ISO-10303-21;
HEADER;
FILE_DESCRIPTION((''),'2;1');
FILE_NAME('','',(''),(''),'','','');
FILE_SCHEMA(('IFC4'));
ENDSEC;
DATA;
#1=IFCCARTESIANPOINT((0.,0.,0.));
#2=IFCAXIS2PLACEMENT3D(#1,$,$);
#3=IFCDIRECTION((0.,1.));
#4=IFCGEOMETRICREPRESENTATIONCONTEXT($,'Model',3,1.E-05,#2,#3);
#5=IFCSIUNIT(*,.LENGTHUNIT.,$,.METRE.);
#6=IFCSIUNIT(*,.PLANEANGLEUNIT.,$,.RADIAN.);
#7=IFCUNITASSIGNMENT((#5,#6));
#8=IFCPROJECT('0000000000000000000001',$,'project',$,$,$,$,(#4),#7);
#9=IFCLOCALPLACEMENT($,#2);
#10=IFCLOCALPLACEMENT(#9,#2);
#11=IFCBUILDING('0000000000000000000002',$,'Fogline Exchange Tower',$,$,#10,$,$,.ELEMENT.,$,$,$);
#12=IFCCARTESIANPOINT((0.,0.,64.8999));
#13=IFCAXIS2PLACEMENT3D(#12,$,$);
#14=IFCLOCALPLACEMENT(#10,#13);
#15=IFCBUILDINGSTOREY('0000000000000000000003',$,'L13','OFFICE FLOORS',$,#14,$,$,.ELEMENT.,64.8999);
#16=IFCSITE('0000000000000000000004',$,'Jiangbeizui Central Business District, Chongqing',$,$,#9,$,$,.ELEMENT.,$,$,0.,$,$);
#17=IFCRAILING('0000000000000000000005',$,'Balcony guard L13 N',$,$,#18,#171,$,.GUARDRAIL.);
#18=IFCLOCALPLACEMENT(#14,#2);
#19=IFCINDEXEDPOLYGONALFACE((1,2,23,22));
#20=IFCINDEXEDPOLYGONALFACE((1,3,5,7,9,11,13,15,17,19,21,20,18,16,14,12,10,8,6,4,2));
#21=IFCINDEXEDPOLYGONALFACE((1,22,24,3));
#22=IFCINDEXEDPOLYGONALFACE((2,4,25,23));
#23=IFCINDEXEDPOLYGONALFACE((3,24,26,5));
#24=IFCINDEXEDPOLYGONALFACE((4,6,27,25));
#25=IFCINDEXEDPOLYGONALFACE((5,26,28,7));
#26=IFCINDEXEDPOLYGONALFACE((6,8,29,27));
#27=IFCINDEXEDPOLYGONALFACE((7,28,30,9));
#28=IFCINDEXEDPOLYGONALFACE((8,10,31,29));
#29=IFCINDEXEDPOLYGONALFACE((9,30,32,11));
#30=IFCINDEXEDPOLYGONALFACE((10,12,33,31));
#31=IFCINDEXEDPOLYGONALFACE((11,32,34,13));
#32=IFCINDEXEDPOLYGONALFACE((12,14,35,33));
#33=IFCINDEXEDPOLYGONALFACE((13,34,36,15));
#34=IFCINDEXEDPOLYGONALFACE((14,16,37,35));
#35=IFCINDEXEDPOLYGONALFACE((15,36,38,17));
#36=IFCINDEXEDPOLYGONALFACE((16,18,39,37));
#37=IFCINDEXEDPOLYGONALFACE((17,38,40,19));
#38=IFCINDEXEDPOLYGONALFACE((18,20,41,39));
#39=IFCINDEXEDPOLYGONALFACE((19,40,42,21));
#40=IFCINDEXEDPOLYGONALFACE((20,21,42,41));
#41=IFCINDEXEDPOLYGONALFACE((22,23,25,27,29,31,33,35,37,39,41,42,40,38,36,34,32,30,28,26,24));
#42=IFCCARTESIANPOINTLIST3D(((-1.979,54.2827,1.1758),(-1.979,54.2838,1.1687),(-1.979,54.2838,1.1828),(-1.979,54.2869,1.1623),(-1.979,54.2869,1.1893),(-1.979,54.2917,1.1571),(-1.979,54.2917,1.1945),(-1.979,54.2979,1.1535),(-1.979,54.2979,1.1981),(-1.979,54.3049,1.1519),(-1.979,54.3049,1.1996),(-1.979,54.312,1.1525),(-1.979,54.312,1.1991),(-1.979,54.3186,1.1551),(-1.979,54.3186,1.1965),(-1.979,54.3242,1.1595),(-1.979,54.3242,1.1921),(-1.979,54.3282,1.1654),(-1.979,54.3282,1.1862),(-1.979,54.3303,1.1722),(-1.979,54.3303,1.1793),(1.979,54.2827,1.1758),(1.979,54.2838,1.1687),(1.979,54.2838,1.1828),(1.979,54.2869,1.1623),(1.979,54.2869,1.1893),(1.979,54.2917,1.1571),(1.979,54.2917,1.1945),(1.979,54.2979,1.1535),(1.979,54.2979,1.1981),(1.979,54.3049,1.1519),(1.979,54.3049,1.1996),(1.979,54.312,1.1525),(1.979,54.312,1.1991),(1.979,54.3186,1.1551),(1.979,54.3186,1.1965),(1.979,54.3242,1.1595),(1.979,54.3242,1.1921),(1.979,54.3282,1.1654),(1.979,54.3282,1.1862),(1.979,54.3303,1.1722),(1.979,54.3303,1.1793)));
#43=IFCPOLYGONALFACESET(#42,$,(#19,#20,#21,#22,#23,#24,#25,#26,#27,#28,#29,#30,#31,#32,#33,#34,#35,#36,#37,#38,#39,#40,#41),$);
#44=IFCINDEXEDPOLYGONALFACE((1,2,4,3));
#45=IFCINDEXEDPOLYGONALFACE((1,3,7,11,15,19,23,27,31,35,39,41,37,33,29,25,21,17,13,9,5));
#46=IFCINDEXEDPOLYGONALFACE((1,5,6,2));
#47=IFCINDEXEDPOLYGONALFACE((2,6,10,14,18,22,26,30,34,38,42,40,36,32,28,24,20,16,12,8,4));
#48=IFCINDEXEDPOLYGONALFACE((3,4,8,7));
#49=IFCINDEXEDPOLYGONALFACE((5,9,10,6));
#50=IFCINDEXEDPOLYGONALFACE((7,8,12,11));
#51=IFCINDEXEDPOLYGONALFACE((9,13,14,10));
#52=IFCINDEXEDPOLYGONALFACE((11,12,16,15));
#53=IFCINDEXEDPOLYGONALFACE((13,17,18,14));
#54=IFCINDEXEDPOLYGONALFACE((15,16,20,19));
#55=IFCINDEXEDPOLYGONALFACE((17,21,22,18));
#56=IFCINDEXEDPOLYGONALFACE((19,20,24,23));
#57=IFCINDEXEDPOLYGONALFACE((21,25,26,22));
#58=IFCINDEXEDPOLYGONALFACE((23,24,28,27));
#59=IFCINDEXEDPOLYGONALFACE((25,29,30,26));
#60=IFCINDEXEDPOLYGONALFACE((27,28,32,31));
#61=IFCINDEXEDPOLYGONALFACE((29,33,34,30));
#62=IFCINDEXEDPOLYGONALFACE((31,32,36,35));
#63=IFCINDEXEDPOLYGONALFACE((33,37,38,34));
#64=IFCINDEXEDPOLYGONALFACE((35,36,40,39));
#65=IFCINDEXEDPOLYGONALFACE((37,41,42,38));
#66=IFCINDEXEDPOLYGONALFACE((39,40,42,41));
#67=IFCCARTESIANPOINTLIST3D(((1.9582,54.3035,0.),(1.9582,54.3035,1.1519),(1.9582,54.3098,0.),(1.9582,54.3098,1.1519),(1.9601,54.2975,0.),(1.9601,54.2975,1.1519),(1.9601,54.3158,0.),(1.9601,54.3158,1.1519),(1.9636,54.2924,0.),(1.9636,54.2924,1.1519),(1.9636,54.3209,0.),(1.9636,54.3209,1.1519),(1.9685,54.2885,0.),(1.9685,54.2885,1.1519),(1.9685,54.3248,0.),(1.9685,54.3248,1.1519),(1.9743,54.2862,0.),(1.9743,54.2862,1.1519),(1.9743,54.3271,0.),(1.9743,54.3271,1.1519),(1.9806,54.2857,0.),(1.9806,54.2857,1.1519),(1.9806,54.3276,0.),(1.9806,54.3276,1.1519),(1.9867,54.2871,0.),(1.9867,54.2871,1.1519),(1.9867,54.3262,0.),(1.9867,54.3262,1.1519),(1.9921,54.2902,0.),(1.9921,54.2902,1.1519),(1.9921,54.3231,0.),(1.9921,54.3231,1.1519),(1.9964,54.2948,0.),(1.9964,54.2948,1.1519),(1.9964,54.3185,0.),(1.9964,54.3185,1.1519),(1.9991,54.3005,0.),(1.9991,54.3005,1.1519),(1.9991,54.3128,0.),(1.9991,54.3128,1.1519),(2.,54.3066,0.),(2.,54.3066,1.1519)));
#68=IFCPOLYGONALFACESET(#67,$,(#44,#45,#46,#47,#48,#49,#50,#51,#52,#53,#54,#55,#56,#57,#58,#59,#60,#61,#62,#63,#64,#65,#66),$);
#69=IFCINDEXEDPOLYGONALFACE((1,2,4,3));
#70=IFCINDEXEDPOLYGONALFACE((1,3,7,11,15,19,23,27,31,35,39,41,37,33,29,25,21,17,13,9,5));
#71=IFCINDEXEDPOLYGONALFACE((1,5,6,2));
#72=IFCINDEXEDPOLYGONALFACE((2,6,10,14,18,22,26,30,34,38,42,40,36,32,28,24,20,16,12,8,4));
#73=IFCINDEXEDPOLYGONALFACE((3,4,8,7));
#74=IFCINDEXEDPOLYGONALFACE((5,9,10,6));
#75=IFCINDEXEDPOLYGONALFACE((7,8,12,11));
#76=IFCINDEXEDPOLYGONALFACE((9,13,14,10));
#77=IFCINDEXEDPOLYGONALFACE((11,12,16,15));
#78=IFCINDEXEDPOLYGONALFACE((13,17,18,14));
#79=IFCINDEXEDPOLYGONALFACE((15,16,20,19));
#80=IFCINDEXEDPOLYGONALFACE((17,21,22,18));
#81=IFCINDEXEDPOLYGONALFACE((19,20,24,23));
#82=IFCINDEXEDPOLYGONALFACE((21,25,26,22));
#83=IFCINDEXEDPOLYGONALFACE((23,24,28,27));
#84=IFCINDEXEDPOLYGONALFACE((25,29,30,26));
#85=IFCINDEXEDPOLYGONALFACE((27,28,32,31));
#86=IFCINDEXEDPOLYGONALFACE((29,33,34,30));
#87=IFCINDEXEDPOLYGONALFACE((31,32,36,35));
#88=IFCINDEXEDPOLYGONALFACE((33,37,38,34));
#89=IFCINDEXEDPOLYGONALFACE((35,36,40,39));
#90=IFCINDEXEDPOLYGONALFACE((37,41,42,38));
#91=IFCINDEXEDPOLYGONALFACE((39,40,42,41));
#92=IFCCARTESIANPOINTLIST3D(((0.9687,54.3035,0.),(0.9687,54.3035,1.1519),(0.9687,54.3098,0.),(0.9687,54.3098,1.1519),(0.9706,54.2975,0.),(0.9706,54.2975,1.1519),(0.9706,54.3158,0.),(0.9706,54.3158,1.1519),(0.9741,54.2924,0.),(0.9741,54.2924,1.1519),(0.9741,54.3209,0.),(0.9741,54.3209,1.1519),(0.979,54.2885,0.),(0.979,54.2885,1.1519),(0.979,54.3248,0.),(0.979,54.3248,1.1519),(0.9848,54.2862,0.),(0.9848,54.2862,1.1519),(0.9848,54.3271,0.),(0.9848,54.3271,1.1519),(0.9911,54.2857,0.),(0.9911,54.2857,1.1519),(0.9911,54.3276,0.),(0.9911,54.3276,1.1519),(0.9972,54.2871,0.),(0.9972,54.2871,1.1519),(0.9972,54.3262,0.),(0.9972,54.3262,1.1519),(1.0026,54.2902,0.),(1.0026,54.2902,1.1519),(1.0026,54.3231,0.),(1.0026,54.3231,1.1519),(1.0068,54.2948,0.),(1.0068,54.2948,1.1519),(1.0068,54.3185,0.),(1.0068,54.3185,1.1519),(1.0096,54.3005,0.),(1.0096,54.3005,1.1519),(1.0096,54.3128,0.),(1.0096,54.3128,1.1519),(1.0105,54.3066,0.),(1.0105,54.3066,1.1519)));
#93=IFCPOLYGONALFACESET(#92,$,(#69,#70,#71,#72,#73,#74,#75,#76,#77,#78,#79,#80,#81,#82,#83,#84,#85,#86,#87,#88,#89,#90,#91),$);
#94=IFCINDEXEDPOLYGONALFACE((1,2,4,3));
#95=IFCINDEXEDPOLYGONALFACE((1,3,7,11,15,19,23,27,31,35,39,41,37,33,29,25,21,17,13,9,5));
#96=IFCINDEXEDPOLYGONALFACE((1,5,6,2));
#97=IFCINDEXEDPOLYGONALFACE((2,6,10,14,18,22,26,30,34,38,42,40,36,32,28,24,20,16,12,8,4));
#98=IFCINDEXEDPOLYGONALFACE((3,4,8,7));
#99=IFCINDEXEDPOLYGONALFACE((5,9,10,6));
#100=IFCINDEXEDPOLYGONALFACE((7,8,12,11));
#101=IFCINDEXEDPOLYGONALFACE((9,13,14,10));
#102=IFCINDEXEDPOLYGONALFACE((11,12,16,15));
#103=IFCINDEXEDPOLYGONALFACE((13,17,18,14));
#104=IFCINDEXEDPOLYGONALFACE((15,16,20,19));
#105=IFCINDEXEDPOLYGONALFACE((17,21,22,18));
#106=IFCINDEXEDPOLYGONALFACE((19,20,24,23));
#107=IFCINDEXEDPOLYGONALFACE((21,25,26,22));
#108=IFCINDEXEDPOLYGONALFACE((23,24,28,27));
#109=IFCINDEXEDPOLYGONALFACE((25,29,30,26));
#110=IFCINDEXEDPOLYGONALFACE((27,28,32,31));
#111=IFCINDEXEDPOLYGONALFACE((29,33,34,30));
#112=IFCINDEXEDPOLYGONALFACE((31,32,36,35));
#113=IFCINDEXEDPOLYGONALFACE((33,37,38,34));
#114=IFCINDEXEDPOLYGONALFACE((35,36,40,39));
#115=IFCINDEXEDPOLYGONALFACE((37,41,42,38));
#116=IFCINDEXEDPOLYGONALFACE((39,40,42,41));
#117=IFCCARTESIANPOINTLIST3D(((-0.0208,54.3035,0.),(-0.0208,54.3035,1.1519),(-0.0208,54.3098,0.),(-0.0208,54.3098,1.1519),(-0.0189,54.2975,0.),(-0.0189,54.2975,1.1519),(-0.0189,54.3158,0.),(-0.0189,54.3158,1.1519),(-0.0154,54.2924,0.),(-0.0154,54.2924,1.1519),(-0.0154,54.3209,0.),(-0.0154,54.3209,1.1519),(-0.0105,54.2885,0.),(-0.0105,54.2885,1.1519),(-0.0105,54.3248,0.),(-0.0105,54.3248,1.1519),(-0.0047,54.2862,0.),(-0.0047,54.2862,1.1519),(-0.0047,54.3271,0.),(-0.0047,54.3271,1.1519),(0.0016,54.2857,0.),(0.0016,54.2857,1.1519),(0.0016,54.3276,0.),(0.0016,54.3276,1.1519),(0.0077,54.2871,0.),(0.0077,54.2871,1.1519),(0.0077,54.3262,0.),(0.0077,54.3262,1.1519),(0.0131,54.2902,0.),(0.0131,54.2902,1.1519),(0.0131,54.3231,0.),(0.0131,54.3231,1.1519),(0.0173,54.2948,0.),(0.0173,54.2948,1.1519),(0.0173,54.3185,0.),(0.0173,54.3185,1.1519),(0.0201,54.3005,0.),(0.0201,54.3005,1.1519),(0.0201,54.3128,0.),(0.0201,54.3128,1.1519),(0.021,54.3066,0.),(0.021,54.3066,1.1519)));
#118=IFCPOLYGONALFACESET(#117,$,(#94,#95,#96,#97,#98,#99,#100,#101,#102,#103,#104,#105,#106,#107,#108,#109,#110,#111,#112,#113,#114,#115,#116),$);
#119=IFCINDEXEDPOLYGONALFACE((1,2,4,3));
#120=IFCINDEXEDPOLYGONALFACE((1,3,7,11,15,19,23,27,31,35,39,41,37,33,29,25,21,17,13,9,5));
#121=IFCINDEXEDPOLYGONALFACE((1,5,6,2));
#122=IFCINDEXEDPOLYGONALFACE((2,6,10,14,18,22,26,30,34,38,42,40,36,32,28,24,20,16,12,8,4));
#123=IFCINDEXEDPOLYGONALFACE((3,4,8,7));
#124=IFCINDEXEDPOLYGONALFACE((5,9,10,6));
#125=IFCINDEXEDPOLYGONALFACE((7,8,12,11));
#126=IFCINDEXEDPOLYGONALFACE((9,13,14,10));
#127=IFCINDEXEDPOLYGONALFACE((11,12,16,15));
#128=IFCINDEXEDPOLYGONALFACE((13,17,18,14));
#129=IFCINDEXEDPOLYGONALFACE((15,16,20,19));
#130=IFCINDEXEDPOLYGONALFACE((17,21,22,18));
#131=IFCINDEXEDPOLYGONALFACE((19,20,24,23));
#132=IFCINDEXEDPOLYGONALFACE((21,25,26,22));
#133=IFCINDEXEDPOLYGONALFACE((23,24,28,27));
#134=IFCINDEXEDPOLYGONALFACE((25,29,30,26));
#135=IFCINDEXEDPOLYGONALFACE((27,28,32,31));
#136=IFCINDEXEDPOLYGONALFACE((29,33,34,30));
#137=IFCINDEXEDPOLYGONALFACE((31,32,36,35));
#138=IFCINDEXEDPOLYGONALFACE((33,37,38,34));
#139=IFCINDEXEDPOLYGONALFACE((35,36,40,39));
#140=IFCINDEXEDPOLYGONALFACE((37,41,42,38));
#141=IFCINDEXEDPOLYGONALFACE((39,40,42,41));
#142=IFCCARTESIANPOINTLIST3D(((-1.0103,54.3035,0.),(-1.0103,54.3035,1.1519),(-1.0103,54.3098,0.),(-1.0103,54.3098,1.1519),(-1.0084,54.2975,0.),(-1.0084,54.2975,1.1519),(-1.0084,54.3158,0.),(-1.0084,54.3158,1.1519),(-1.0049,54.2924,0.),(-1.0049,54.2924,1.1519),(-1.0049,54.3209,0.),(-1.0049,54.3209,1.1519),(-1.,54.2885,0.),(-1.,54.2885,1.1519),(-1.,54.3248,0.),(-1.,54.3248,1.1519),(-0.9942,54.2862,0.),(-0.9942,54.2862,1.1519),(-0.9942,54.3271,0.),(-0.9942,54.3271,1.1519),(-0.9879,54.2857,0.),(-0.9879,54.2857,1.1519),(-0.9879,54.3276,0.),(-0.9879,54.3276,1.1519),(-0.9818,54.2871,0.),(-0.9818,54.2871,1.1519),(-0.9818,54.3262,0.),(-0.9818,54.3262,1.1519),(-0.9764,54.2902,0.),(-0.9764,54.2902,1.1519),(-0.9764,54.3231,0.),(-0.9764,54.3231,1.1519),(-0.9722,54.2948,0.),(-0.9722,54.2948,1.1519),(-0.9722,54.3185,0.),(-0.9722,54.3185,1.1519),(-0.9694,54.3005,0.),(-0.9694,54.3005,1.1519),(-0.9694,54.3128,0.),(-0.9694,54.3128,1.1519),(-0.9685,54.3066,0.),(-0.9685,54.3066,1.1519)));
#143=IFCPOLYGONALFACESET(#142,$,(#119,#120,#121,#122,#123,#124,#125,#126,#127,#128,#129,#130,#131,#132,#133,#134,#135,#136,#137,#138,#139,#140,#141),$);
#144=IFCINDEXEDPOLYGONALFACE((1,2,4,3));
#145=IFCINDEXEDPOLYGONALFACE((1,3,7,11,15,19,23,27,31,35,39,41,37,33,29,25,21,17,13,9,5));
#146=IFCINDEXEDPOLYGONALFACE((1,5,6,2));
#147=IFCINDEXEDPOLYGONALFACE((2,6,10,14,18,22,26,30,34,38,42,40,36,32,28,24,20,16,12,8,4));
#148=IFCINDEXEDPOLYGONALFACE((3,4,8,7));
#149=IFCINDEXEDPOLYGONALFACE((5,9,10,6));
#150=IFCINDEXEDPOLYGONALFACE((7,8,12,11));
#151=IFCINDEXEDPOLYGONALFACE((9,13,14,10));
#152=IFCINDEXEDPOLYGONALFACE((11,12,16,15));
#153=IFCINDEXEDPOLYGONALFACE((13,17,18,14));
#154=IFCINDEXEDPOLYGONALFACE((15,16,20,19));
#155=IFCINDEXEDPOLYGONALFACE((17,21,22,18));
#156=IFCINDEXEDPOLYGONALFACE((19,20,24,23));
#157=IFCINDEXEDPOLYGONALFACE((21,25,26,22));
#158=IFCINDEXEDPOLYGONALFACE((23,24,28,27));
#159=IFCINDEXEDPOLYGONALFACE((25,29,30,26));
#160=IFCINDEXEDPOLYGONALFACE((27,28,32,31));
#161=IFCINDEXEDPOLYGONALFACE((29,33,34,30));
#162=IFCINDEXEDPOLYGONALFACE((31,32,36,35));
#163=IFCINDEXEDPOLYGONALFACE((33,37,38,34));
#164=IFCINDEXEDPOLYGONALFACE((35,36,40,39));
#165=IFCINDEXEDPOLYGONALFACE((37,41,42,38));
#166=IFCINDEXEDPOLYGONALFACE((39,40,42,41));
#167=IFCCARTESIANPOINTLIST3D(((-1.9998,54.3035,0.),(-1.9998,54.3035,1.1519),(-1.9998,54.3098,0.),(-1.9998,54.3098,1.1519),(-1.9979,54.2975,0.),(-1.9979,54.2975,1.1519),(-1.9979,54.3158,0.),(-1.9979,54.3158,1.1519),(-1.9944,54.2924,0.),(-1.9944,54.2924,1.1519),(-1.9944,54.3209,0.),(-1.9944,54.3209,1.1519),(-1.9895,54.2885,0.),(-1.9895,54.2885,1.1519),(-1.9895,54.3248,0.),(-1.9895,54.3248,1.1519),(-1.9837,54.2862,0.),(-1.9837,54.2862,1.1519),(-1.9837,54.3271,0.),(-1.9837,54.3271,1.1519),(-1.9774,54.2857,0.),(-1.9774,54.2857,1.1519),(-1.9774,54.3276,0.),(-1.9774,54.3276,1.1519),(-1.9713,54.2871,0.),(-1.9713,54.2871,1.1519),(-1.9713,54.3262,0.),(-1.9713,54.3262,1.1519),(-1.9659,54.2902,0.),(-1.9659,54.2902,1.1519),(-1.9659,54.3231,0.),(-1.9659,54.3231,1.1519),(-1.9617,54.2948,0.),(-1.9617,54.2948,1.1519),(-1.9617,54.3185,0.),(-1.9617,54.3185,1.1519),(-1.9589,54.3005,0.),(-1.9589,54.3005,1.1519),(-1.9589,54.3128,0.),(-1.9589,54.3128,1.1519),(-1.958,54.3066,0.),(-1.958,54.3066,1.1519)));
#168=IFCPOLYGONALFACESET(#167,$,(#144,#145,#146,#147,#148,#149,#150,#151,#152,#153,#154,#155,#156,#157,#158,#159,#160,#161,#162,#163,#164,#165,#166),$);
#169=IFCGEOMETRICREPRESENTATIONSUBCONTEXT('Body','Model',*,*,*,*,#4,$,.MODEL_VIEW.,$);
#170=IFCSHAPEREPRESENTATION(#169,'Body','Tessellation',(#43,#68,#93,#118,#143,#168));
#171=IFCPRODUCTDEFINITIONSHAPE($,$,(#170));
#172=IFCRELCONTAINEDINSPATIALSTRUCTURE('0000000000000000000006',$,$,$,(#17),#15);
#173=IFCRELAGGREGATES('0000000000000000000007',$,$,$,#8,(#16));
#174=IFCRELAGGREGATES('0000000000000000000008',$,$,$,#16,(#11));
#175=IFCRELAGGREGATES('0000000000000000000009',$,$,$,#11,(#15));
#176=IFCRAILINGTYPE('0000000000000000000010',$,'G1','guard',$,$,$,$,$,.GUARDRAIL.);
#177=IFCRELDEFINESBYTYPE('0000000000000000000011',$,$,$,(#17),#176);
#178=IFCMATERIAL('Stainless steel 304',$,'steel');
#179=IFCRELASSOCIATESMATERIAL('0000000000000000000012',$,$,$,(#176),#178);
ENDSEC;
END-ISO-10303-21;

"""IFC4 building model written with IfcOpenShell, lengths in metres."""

from ifc_helpers import new_model, si_unit, direction, frame, origin, origin_2d, place, context, subcontext, project, spatial, circle, extrude, material, type_object, element, save


model = new_model("IFC4")

# Units and contexts
model_context = context("Model", 3, precision=1e-05, world=origin(), true_north=direction((0.0, 1.0)))
body_context = subcontext(model_context, "Body", "Model", "MODEL_VIEW")
ifc_project = project(units=[si_unit("LENGTHUNIT", "METRE"), si_unit("PLANEANGLEUNIT", "RADIAN")], contexts=[model_context])

# Site, building, storey
site_placement = place(None, origin())
site = spatial("IfcSite", under=ifc_project, at=site_placement, Name="Jiangbeizui Central Business District, Chongqing", CompositionType="ELEMENT", RefElevation=0.0)
building_placement = place(site_placement, origin())
building = spatial("IfcBuilding", under=site, at=building_placement, Name="Fogline Exchange Tower", CompositionType="ELEMENT")
storey_placement = place(building_placement, frame((0.0, 0.0, 64.8999)))
storey = spatial("IfcBuildingStorey", under=building, at=storey_placement, Name="L13", Description="OFFICE FLOORS", CompositionType="ELEMENT", Elevation=64.8999)

# Railing
ifc_material_1 = material(Name="Stainless steel 304", Category="steel")
railing_type = type_object("IfcRailingType", Name="G1", Description="guard", PredefinedType="GUARDRAIL", material=ifc_material_1)
railing_placement = place(storey_placement, frame((1.979, 54.3066, 0.0)))
element("IfcRailing", 1, at=railing_placement, inside=storey, type_object=railing_type, Name="Balcony guard L13 N", PredefinedType="GUARDRAIL", context=body_context, shape_type="SweptSolid", body=[
    extrude(circle(Radius=0.0239, at=origin_2d()), frame((0.0, 0.0, 1.1758), z_axis=(-1.0, 0.0, 0.0), x_axis=(0.0, -1.0, 0.0)), (0.0, 0.0, 1.0), 3.958),
    extrude(circle(Radius=0.021, at=origin_2d()), origin(), (0.0, 0.0, 1.0), 1.1519),
    extrude(circle(Radius=0.021, at=origin_2d()), frame((-0.9895, 0.0, 0.0)), (0.0, 0.0, 1.0), 1.1519),
    extrude(circle(Radius=0.021, at=origin_2d()), frame((-1.979, 0.0, 0.0)), (0.0, 0.0, 1.0), 1.1519),
    extrude(circle(Radius=0.021, at=origin_2d()), frame((-2.9685, 0.0, 0.0)), (0.0, 0.0, 1.0), 1.1519),
    extrude(circle(Radius=0.021, at=origin_2d()), frame((-3.958, 0.0, 0.0)), (0.0, 0.0, 1.0), 1.1519),
])

save(model, "model.ifc")
